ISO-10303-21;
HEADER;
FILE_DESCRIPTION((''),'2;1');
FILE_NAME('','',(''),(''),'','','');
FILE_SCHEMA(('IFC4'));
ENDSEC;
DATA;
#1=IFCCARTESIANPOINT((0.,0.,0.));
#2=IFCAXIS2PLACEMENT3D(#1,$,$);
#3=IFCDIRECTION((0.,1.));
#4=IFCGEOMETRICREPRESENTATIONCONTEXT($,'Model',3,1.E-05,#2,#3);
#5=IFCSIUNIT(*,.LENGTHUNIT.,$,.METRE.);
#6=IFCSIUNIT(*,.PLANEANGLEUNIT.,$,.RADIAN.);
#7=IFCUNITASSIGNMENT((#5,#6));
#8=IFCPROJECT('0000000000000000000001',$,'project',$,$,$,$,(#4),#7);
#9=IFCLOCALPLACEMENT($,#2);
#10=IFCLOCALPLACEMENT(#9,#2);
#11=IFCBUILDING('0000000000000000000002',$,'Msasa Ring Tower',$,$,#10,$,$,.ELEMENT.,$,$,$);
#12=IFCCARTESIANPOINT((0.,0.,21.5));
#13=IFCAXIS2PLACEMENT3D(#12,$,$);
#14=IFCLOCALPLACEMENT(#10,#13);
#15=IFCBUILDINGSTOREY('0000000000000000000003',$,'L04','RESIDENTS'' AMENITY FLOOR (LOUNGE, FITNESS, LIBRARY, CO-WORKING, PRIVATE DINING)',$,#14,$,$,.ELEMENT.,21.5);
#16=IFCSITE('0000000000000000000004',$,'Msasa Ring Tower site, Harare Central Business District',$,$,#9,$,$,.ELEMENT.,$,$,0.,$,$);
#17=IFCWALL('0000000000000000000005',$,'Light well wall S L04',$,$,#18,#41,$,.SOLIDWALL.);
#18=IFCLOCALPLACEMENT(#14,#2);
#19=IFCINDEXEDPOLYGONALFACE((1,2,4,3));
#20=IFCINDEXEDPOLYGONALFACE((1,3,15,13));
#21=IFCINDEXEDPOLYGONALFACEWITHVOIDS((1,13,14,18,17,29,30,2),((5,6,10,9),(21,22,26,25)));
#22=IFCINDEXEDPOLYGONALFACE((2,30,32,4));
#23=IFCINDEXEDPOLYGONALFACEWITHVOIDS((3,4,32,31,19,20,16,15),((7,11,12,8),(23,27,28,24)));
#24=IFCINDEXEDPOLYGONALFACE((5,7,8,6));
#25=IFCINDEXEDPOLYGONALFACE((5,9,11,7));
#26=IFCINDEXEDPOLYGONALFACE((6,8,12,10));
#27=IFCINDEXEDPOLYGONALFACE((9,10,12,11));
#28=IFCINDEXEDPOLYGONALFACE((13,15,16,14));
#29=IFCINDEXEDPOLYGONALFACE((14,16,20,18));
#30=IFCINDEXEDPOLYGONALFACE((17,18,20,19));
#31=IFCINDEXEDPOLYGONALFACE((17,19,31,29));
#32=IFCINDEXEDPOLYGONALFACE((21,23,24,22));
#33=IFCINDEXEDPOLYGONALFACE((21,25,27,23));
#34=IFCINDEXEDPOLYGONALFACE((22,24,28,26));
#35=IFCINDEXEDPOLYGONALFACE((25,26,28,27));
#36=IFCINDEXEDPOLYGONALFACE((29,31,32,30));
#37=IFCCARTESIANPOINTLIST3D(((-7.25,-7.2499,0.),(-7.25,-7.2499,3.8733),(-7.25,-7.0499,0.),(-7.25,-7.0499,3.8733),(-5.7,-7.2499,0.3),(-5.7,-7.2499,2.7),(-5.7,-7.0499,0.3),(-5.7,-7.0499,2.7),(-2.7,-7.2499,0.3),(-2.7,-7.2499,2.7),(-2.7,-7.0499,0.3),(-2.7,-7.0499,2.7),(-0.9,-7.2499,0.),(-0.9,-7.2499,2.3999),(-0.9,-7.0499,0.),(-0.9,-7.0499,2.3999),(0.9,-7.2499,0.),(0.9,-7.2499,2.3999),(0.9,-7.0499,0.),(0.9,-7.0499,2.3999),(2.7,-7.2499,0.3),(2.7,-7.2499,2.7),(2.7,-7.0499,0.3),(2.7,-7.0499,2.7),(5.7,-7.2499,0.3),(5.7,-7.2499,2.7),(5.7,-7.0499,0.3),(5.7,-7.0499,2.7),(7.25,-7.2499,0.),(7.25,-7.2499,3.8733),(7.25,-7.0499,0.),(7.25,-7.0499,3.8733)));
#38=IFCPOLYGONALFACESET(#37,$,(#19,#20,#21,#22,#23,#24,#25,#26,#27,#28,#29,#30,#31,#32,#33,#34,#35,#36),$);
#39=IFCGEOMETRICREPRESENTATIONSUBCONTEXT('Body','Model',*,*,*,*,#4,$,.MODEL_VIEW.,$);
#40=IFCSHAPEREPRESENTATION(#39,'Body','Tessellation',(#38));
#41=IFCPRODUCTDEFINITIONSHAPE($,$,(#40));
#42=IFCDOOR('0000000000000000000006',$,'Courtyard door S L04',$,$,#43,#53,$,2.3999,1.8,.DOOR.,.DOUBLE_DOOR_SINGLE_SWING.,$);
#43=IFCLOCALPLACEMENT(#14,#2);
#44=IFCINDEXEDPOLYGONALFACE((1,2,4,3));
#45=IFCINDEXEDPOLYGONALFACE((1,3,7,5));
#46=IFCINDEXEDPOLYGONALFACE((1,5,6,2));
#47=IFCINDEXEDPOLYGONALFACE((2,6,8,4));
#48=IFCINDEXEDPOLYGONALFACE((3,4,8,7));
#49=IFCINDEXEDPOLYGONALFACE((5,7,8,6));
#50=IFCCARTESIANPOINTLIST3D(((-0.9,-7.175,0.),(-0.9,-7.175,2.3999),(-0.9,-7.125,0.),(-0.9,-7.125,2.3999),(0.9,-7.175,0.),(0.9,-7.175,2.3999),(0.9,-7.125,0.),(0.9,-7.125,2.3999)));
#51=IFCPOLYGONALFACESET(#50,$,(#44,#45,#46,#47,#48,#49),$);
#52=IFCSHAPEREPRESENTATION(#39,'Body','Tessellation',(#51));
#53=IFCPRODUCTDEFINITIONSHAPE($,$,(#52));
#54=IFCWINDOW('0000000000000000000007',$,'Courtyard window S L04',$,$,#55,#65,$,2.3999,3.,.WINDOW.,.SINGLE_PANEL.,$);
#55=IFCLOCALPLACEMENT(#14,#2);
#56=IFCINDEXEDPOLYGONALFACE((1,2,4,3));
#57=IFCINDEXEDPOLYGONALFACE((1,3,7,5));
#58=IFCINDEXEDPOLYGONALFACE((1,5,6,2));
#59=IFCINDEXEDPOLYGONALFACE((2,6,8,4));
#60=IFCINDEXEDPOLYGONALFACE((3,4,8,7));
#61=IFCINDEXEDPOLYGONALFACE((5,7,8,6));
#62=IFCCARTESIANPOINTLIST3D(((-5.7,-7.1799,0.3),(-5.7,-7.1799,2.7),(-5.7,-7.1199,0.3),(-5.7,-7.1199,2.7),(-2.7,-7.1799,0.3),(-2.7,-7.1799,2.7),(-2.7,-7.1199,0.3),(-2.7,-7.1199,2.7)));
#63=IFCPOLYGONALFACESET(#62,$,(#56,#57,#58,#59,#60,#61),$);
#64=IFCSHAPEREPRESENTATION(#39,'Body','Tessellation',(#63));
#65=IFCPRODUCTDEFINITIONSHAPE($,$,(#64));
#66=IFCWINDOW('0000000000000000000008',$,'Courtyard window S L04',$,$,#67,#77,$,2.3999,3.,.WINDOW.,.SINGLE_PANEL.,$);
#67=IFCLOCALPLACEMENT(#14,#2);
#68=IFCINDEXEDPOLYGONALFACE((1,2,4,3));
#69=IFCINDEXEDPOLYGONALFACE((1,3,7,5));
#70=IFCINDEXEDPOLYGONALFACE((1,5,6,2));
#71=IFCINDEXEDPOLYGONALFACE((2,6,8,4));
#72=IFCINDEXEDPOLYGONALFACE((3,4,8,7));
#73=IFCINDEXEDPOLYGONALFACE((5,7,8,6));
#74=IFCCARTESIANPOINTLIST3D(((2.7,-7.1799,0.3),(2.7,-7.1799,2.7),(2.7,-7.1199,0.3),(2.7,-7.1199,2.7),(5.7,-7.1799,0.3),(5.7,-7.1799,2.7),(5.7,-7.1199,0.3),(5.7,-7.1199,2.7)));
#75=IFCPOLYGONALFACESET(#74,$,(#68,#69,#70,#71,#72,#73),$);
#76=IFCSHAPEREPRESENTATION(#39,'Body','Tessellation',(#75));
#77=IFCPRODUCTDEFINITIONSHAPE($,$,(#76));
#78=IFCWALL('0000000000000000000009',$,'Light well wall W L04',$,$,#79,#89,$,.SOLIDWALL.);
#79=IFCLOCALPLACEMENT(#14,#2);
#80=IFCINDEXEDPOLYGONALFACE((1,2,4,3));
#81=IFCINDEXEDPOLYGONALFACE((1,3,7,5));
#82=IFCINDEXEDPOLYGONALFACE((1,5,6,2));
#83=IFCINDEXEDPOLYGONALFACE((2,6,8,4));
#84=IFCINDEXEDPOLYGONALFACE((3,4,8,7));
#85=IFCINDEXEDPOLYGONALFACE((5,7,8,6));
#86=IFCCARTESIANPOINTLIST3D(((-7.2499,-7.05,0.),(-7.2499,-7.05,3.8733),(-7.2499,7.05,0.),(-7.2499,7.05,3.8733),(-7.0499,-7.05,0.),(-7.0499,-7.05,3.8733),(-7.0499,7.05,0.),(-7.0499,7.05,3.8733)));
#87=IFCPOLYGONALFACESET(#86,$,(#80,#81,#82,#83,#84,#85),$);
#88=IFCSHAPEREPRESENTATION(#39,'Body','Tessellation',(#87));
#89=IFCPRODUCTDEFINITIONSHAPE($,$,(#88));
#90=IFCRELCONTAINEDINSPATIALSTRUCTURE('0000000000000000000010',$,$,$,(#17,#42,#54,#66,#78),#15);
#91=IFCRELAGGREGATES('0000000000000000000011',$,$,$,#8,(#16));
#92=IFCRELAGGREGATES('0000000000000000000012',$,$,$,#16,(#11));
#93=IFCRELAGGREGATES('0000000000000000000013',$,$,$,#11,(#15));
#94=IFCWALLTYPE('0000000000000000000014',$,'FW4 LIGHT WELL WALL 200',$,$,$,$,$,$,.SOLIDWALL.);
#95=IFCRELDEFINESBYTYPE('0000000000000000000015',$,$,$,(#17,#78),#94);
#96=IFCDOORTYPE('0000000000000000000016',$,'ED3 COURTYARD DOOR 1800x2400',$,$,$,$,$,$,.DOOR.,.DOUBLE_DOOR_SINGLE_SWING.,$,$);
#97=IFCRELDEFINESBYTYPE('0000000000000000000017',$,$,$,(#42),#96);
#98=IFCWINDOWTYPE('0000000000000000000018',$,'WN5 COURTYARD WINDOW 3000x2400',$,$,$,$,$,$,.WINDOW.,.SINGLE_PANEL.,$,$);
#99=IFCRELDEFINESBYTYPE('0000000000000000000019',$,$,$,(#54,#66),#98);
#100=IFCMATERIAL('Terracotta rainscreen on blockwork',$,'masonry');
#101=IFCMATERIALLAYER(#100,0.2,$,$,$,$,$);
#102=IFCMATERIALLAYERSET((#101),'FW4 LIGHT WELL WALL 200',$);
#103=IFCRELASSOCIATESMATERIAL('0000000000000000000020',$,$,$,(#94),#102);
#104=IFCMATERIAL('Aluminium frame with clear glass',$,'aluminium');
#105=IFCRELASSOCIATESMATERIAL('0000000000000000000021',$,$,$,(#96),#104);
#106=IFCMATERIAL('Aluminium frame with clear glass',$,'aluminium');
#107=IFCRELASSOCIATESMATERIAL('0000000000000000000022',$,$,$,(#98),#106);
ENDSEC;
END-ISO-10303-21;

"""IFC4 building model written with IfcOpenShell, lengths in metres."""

from ifc_helpers import new_model, si_unit, direction, frame, frame_2d, origin, place, context, subcontext, project, spatial, rectangle, extrude, material, layer, layer_set, type_object, element, fill, save


model = new_model("IFC4")

# Units and contexts
model_context = context("Model", 3, precision=1e-05, world=origin(), true_north=direction((0.0, 1.0)))
body_context = subcontext(model_context, "Body", "Model", "MODEL_VIEW")
ifc_project = project(units=[si_unit("LENGTHUNIT", "METRE"), si_unit("PLANEANGLEUNIT", "RADIAN")], contexts=[model_context])

# Site, building, storey
site_placement = place(None, origin())
site = spatial("IfcSite", under=ifc_project, at=site_placement, Name="Msasa Ring Tower site, Harare Central Business District", CompositionType="ELEMENT", RefElevation=0.0)
building_placement = place(site_placement, origin())
building = spatial("IfcBuilding", under=site, at=building_placement, Name="Msasa Ring Tower", CompositionType="ELEMENT")
storey_placement = place(building_placement, frame((0.0, 0.0, 21.5)))
storey = spatial("IfcBuildingStorey", under=building, at=storey_placement, Name="L04", Description="RESIDENTS' AMENITY FLOOR (LOUNGE, FITNESS, LIBRARY, CO-WORKING, PRIVATE DINING)", CompositionType="ELEMENT", Elevation=21.5)

# Wall, openings, door, windows
ifc_material_1 = material(Name="Terracotta rainscreen on blockwork", Category="masonry")
ifc_layer_1 = layer(ifc_material_1, 0.2)
ifc_layer_set_1 = layer_set([ifc_layer_1], Name="FW4 LIGHT WELL WALL 200")
wall_type_1 = type_object("IfcWallType", Name="FW4 LIGHT WELL WALL 200", PredefinedType="SOLIDWALL", material=ifc_layer_set_1)
wall_1_placement = place(storey_placement, frame((-7.25, -7.1499, 0.0), z_axis=(0.0, 0.0, 1.0), x_axis=(1.0, 0.0, 0.0)))
wall_1 = element("IfcWall", 1, at=wall_1_placement, inside=storey, type_object=wall_type_1, Name="Light well wall S L04", PredefinedType="SOLIDWALL", context=body_context, shape_type="SweptSolid", body=[
    extrude(rectangle(XDim=14.5, YDim=0.2, at=frame_2d((7.25, 0.0))), origin(), (0.0, 0.0, 1.0), 3.8733),
])
opening_1_placement = place(wall_1_placement, frame((6.3501, 0.0, 0.0)))
opening_1 = element("IfcOpeningElement", 2, at=opening_1_placement, cuts=wall_1, PredefinedType="OPENING", context=body_context, shape_type="SweptSolid", body=[
    extrude(rectangle(XDim=1.8, YDim=2.3999, at=frame_2d((0.8999, 1.2))), frame((0.0, 0.1099, 0.0), z_axis=(0.0, -1.0, 0.0), x_axis=(1.0, 0.0, 0.0)), (0.0, 0.0, 1.0), 0.22),
])
opening_2_placement = place(wall_1_placement, frame((1.55, 0.0, 0.3)))
opening_2 = element("IfcOpeningElement", 3, at=opening_2_placement, cuts=wall_1, PredefinedType="OPENING", context=body_context, shape_type="SweptSolid", body=[
    extrude(rectangle(XDim=3.0, YDim=2.3999, at=frame_2d((1.5, 1.2))), frame((0.0, 0.1099, 0.0), z_axis=(0.0, -1.0, 0.0), x_axis=(1.0, 0.0, 0.0)), (0.0, 0.0, 1.0), 0.22),
])
opening_3_placement = place(wall_1_placement, frame((9.95, 0.0, 0.3)))
opening_3 = element("IfcOpeningElement", 4, at=opening_3_placement, cuts=wall_1, PredefinedType="OPENING", context=body_context, shape_type="SweptSolid", body=[
    extrude(rectangle(XDim=3.0, YDim=2.3999, at=frame_2d((1.5, 1.2))), frame((0.0, 0.1099, 0.0), z_axis=(0.0, -1.0, 0.0), x_axis=(1.0, 0.0, 0.0)), (0.0, 0.0, 1.0), 0.22),
])
ifc_material_2 = material(Name="Aluminium frame with clear glass", Category="aluminium")
door_type_1 = type_object("IfcDoorType", Name="ED3 COURTYARD DOOR 1800x2400", OperationType="DOUBLE_DOOR_SINGLE_SWING", PredefinedType="DOOR", material=ifc_material_2)
door_1_placement = place(opening_1_placement, origin())
door_1 = element("IfcDoor", 5, at=door_1_placement, inside=storey, type_object=door_type_1, Name="Courtyard door S L04", OperationType="DOUBLE_DOOR_SINGLE_SWING", OverallHeight=2.3999, OverallWidth=1.8, PredefinedType="DOOR", context=body_context, shape_type="SweptSolid", body=[
    extrude(rectangle(XDim=1.8, YDim=2.3999, at=frame_2d((0.8999, 1.2))), frame((0.0, 0.0249, 0.0), z_axis=(0.0, -1.0, 0.0), x_axis=(1.0, 0.0, 0.0)), (0.0, 0.0, 1.0), 0.05),
])
fill(opening_1, door_1)
ifc_material_3 = material(Name="Aluminium frame with clear glass", Category="aluminium")
window_type = type_object("IfcWindowType", Name="WN5 COURTYARD WINDOW 3000x2400", PartitioningType="SINGLE_PANEL", PredefinedType="WINDOW", material=ifc_material_3)
window_1_placement = place(opening_2_placement, origin())
window_1 = element("IfcWindow", 6, at=window_1_placement, inside=storey, type_object=window_type, Name="Courtyard window S L04", OverallHeight=2.3999, OverallWidth=3.0, PartitioningType="SINGLE_PANEL", PredefinedType="WINDOW", context=body_context, shape_type="SweptSolid", body=[
    extrude(rectangle(XDim=3.0, YDim=2.3999, at=frame_2d((1.5, 1.2))), frame((0.0, 0.03, 0.0), z_axis=(0.0, -1.0, 0.0), x_axis=(1.0, 0.0, 0.0)), (0.0, 0.0, 1.0), 0.0601),
])
fill(opening_2, window_1)
window_2_placement = place(opening_3_placement, origin())
window_2 = element("IfcWindow", 7, at=window_2_placement, inside=storey, type_object=window_type, Name="Courtyard window S L04", OverallHeight=2.3999, OverallWidth=3.0, PartitioningType="SINGLE_PANEL", PredefinedType="WINDOW", context=body_context, shape_type="SweptSolid", body=[
    extrude(rectangle(XDim=3.0, YDim=2.3999, at=frame_2d((1.5, 1.2))), frame((0.0, 0.03, 0.0), z_axis=(0.0, -1.0, 0.0), x_axis=(1.0, 0.0, 0.0)), (0.0, 0.0, 1.0), 0.0601),
])
fill(opening_3, window_2)

# Wall
wall_2_placement = place(storey_placement, frame((-7.1499, -7.05, 0.0), z_axis=(0.0, 0.0, 1.0), x_axis=(0.0, 1.0, 0.0)))
element("IfcWall", 8, at=wall_2_placement, inside=storey, type_object=wall_type_1, Name="Light well wall W L04", PredefinedType="SOLIDWALL", context=body_context, shape_type="SweptSolid", body=[
    extrude(rectangle(XDim=14.1001, YDim=0.2, at=frame_2d((7.05, 0.0))), origin(), (0.0, 0.0, 1.0), 3.8733),
])

save(model, "model.ifc")
